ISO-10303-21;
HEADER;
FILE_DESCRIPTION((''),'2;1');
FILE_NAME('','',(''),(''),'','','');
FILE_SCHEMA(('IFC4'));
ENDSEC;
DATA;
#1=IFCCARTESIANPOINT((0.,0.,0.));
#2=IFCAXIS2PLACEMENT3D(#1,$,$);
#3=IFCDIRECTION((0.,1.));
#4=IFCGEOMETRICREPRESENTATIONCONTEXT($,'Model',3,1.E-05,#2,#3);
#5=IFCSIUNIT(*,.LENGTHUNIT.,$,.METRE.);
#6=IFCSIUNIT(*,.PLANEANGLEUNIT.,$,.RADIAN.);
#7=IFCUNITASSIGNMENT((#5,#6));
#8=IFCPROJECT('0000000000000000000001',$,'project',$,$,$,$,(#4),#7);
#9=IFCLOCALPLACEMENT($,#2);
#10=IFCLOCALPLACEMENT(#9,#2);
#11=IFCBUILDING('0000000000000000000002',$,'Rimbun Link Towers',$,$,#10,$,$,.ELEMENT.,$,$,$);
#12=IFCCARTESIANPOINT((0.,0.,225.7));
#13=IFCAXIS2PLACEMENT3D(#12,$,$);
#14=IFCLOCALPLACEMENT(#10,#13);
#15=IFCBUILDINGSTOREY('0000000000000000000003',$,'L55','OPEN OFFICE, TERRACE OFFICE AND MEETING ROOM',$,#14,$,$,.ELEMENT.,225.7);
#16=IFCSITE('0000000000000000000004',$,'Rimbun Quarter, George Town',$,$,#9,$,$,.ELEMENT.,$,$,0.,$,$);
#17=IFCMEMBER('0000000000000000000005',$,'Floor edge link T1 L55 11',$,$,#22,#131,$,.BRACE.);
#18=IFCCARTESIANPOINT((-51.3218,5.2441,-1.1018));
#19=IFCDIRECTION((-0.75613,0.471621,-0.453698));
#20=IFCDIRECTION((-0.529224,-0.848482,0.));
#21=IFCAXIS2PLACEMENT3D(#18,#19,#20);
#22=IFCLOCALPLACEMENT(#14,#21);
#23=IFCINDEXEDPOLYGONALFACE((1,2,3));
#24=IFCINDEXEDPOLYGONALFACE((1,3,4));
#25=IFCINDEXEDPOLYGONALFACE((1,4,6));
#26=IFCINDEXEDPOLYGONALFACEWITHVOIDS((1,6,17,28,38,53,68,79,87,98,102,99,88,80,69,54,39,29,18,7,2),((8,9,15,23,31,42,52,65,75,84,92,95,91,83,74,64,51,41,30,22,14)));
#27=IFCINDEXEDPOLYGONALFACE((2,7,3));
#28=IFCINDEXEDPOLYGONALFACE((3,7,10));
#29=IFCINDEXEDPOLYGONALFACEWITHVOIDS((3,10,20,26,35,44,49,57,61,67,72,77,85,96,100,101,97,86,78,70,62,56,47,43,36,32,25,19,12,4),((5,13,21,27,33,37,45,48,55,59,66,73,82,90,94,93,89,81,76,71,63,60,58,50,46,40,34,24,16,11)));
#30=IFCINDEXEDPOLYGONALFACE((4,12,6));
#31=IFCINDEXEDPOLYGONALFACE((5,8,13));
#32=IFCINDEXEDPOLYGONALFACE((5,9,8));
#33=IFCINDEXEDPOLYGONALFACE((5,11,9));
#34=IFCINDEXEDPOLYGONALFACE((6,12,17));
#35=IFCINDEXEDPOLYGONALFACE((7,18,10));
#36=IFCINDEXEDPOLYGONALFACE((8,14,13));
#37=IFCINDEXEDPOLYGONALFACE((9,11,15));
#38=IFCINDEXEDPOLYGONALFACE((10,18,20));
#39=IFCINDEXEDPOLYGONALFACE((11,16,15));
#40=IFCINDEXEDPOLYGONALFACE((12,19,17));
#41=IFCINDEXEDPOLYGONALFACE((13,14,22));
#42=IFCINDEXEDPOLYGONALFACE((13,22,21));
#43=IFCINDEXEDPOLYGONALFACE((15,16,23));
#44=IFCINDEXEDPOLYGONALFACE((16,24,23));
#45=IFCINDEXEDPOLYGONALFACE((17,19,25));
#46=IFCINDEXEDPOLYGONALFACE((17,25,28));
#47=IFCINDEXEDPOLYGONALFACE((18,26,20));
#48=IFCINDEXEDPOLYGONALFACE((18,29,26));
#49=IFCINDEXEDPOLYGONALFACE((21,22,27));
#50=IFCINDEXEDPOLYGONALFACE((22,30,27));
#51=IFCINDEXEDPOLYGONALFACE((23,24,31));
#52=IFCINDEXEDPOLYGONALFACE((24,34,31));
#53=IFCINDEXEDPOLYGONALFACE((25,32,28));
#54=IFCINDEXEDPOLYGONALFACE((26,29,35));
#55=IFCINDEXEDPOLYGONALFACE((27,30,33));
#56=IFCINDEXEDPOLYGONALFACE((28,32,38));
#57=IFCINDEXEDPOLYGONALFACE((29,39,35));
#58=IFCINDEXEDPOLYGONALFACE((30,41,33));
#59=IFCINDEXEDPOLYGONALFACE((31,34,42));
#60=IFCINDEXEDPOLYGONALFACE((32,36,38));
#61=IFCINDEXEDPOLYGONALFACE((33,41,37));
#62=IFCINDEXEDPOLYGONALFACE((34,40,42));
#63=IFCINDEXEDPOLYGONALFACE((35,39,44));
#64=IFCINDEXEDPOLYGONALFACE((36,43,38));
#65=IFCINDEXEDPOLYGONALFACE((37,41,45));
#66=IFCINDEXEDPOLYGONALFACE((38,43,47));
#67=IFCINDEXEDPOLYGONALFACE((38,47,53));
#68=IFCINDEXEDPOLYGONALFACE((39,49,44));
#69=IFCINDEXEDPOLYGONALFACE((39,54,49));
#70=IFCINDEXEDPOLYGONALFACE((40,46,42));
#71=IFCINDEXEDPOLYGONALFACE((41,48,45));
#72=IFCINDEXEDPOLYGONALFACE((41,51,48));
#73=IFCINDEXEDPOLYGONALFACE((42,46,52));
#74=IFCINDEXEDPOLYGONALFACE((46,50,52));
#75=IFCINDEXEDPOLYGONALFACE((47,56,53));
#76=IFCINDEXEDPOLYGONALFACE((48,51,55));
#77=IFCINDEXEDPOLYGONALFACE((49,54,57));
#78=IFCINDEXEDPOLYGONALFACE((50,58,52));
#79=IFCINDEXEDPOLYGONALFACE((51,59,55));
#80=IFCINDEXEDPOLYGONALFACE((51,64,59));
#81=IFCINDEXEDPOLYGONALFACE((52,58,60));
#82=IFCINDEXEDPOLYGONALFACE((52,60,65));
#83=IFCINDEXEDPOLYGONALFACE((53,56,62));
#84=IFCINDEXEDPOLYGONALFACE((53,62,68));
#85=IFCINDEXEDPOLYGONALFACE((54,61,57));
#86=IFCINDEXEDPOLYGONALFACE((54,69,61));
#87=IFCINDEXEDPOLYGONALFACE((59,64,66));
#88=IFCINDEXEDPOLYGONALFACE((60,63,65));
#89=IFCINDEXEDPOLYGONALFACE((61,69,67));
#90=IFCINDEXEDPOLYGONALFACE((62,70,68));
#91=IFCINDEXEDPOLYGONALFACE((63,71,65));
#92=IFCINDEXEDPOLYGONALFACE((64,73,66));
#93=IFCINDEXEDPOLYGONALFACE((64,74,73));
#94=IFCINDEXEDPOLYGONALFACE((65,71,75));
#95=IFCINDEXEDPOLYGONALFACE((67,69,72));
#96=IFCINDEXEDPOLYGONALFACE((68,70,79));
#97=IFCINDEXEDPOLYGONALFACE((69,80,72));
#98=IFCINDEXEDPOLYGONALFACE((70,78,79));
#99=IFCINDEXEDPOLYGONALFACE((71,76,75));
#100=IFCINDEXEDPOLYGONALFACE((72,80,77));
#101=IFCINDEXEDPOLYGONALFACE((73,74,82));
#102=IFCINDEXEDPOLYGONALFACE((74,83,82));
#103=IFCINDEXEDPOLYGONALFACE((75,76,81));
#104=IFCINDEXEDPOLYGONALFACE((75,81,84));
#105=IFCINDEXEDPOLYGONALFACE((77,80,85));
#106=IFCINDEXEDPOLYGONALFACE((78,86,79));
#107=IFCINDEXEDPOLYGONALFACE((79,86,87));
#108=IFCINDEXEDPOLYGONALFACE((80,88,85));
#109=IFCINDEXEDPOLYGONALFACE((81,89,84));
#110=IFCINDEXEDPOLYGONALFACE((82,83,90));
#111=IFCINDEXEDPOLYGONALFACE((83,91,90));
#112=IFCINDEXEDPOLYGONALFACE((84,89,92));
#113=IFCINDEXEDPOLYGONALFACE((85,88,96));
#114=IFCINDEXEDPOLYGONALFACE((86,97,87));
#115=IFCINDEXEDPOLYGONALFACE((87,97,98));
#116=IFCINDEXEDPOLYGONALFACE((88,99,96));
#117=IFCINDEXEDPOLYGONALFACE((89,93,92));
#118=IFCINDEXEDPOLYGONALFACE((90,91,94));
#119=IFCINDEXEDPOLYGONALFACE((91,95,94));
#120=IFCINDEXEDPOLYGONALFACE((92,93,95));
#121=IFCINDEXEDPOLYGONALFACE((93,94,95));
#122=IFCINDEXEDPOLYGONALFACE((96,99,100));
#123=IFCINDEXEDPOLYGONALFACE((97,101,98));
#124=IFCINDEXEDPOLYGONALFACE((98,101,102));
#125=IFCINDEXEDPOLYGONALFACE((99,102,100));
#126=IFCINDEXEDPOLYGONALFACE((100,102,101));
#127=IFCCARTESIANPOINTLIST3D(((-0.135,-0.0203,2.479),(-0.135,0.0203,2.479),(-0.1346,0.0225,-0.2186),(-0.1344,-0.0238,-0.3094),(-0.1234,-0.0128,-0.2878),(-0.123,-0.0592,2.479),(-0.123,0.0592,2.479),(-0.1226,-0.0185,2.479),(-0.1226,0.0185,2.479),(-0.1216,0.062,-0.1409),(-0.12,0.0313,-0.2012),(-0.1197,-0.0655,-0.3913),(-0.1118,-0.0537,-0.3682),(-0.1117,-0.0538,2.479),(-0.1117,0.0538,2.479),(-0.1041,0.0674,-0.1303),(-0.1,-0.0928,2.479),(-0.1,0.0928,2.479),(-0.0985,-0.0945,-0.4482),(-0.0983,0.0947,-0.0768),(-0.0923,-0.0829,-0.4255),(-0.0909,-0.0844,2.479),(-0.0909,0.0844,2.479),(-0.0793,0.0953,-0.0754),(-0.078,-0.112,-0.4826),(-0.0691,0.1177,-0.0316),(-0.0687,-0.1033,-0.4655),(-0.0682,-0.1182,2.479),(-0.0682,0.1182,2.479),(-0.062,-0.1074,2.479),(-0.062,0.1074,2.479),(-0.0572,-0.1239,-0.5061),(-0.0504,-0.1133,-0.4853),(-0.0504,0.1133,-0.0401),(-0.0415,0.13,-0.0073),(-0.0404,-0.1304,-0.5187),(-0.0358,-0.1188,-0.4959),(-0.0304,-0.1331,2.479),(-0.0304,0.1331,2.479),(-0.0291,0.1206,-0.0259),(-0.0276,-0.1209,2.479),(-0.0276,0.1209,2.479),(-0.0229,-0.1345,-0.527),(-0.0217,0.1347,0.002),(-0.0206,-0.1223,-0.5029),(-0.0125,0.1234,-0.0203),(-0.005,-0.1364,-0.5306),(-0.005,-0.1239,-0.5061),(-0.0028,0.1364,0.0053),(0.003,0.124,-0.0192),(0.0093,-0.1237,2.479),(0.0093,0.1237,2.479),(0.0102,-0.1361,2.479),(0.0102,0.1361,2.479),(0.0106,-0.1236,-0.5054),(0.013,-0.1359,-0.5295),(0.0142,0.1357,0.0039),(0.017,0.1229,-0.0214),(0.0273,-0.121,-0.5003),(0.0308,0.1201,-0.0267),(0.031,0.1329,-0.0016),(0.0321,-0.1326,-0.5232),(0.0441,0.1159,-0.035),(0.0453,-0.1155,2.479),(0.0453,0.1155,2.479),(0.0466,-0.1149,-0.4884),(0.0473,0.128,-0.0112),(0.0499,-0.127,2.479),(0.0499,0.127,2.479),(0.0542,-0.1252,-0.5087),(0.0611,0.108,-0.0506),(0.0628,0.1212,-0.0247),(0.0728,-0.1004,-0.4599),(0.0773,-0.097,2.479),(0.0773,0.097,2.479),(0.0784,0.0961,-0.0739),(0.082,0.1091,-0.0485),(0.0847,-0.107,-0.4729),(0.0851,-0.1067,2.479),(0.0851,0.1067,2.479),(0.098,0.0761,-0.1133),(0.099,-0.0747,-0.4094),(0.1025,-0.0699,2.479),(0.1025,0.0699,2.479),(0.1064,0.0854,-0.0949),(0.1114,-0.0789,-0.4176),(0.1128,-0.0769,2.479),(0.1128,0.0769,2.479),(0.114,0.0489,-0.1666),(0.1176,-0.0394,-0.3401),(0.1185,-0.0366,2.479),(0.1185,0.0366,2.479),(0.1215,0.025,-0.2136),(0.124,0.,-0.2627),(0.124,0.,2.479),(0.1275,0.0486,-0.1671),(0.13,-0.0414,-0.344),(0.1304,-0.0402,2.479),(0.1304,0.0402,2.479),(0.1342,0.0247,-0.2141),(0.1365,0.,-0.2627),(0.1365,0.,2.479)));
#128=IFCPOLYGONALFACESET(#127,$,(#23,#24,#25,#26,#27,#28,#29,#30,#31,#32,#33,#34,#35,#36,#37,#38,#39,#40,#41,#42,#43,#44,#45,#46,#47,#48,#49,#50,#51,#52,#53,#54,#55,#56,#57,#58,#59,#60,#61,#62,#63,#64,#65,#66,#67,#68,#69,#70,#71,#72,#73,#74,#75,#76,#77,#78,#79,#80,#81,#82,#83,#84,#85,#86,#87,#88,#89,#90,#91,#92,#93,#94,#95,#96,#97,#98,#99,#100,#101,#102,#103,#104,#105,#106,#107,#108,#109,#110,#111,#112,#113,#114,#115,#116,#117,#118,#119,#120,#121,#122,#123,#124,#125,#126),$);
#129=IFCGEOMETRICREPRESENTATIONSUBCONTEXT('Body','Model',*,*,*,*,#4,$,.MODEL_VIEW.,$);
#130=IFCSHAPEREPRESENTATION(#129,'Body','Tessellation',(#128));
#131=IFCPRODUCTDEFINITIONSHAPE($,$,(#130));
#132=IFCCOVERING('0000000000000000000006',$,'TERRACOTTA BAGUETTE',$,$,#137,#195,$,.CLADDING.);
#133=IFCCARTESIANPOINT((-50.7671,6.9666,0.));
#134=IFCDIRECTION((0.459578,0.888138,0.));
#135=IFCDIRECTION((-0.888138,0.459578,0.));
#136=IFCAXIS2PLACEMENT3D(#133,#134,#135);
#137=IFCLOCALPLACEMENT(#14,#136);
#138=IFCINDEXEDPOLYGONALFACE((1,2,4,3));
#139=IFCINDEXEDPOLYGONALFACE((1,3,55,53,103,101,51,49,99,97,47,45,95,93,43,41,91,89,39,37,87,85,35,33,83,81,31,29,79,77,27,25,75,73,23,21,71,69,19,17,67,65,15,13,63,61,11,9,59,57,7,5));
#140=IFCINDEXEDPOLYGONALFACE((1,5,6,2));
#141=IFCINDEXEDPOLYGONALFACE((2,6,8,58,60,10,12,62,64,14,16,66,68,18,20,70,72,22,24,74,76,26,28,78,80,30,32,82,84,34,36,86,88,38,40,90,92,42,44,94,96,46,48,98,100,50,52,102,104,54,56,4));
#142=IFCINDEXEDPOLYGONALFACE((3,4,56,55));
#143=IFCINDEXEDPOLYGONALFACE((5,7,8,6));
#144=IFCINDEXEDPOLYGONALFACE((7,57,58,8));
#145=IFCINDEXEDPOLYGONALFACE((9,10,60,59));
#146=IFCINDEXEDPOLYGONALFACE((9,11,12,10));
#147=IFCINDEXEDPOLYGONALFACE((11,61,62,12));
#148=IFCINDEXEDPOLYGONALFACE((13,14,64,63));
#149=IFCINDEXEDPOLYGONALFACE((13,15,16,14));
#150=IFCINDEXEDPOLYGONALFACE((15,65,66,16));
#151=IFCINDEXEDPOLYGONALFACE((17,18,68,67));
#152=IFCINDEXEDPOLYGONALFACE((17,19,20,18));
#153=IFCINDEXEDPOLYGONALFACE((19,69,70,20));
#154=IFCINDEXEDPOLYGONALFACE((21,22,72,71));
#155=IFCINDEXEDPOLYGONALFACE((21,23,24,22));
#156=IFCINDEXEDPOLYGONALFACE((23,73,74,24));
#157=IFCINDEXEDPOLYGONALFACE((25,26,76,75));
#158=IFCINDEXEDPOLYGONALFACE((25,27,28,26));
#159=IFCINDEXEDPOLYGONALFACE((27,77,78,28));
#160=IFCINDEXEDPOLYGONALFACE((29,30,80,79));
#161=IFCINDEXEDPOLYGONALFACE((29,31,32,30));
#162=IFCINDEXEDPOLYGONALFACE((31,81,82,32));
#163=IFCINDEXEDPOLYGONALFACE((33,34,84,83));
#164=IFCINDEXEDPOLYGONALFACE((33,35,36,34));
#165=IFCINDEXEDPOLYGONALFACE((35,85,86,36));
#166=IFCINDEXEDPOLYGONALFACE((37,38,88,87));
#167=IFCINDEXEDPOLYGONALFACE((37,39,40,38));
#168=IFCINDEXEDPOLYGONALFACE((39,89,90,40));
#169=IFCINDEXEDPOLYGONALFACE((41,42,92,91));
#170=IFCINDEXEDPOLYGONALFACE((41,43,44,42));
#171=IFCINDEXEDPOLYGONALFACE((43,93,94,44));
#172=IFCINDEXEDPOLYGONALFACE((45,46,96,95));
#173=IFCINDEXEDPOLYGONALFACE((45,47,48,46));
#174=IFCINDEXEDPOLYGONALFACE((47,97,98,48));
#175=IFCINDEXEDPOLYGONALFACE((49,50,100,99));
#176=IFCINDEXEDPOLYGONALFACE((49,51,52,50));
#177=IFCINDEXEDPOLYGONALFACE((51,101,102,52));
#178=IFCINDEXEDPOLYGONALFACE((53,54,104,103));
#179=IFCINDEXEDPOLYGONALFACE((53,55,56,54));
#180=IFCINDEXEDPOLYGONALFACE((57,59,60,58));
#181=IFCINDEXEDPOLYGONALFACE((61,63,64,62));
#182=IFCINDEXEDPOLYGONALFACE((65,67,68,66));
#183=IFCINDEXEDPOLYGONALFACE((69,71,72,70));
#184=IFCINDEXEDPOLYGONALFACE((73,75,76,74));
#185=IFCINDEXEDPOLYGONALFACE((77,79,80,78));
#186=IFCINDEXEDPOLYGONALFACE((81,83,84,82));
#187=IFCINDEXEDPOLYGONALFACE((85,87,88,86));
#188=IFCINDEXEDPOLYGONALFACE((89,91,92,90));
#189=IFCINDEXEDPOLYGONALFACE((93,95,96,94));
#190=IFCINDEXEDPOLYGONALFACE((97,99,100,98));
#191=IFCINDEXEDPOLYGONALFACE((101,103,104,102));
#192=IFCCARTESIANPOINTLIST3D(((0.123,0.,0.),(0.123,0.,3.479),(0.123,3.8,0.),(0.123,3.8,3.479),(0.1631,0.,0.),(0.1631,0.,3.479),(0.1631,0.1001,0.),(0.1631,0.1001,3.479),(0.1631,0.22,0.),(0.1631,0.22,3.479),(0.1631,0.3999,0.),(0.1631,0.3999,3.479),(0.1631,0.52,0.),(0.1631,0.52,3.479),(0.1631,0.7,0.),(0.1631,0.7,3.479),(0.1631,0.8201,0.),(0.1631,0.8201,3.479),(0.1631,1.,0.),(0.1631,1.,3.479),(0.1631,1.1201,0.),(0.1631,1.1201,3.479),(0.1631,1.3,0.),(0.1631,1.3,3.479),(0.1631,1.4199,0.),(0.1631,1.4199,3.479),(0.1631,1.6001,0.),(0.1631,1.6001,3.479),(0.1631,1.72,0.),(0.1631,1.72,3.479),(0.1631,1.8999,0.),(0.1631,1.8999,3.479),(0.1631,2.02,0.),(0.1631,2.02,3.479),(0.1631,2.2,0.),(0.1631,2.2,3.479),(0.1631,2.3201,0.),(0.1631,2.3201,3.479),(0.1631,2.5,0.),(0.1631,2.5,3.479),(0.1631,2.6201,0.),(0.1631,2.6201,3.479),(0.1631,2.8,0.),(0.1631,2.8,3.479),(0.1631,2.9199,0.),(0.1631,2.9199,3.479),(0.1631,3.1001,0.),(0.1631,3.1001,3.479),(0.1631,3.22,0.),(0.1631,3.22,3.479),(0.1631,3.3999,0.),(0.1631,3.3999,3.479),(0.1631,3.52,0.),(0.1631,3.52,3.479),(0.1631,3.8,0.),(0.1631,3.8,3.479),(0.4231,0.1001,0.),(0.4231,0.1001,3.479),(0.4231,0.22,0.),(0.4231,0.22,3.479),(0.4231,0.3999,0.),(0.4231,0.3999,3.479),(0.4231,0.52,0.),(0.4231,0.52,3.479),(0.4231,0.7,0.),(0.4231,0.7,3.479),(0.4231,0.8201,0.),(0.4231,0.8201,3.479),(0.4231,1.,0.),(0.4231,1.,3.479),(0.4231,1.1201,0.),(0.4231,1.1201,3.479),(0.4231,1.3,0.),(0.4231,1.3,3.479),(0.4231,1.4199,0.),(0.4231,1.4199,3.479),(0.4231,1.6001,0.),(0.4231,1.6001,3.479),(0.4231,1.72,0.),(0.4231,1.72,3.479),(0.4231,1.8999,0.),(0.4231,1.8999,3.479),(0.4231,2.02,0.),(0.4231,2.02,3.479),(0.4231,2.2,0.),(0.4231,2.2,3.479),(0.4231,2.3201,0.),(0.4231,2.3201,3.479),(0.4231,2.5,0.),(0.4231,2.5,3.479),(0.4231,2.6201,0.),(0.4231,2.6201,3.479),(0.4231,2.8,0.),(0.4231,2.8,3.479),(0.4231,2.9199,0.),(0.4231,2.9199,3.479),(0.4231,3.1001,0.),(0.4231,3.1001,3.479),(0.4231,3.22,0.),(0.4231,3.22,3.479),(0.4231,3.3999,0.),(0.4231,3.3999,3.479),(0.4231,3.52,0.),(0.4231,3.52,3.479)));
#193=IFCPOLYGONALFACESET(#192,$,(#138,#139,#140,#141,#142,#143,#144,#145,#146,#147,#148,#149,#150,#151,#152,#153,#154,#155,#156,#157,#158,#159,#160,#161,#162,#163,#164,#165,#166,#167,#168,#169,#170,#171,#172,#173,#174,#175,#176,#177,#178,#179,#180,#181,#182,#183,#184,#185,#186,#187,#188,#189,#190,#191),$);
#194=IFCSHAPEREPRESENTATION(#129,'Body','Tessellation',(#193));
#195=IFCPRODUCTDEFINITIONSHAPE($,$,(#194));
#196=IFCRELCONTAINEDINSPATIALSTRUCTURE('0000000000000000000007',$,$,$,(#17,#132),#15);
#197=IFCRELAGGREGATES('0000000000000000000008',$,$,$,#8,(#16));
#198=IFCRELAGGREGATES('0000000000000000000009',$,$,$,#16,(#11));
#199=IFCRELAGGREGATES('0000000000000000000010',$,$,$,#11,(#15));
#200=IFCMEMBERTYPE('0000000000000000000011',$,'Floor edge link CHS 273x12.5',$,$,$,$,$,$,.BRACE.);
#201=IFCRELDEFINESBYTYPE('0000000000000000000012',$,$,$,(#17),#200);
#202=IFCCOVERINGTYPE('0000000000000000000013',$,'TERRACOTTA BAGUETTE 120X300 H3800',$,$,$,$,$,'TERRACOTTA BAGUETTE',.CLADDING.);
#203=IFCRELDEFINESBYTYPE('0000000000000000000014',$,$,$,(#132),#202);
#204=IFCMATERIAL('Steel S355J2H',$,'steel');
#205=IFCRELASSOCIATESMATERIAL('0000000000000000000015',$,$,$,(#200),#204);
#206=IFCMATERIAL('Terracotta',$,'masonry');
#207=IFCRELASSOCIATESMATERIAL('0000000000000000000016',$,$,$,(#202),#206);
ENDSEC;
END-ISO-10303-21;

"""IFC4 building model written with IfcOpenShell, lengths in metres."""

from ifc_helpers import new_model, si_unit, direction, frame, origin, origin_2d, place, context, subcontext, project, spatial, polyline, hollow_circle, outline, extrude, clip, halfspace, material, material_profile, profile_set, type_object, element, save


model = new_model("IFC4")

# Units and contexts
model_context = context("Model", 3, precision=1e-05, world=origin(), true_north=direction((0.0, 1.0)))
body_context = subcontext(model_context, "Body", "Model", "MODEL_VIEW")
ifc_project = project(units=[si_unit("LENGTHUNIT", "METRE"), si_unit("PLANEANGLEUNIT", "RADIAN")], contexts=[model_context])

# Site, building, storey
site_placement = place(None, origin())
site = spatial("IfcSite", under=ifc_project, at=site_placement, Name="Rimbun Quarter, George Town", CompositionType="ELEMENT", RefElevation=0.0)
building_placement = place(site_placement, origin())
building = spatial("IfcBuilding", under=site, at=building_placement, Name="Rimbun Link Towers", CompositionType="ELEMENT")
storey_placement = place(building_placement, frame((0.0, 0.0, 225.7)))
storey = spatial("IfcBuildingStorey", under=building, at=storey_placement, Name="L55", Description="OPEN OFFICE, TERRACE OFFICE AND MEETING ROOM", CompositionType="ELEMENT", Elevation=225.7)

# Member
ifc_material_1 = material(Name="Steel S355J2H", Category="steel")
ifc_material_profile_1 = material_profile(ifc_material_1, hollow_circle(Radius=0.1365, WallThickness=0.0125, at=origin_2d()), Name="CHS 273x12.5")
ifc_profile_set_1 = profile_set([ifc_material_profile_1], Name="Steel S355J2H")
member_type_1 = type_object("IfcMemberType", Name="Floor edge link CHS 273x12.5", PredefinedType="BRACE", material=ifc_profile_set_1)
member_1_placement = place(storey_placement, frame((-51.3218, 5.2441, -1.1018), z_axis=(-0.75613, 0.471621, -0.453698), x_axis=(-0.529224, -0.848482, 0.0)))
element("IfcMember", 1, at=member_1_placement, inside=storey, type_object=member_type_1, Name="Floor edge link T1 L55 11", PredefinedType="BRACE", context=body_context, shape_type="Clipping", body=[
    clip(extrude(hollow_circle(Radius=0.1365, WallThickness=0.0125, at=origin_2d()), frame((0.0, 0.0, -0.5583)), (0.0, 0.0, 1.0), 3.0374), halfspace(frame((0.0, 0.0, -0.2627), z_axis=(0.0, 0.891156, -0.453698)), False)),
])

# Covering
ifc_material_2 = material(Name="Terracotta", Category="masonry")
ifc_material_profile_2 = material_profile(ifc_material_2, outline(polyline([(0.123, 0.0), (0.1631, 0.0), (0.1631, 0.1001), (0.4231, 0.1001), (0.4231, 0.22), (0.1631, 0.22), (0.1631, 0.3999), (0.4231, 0.3999), (0.4231, 0.52), (0.1631, 0.52), (0.1631, 0.7), (0.4231, 0.7), (0.4231, 0.8201), (0.1631, 0.8201), (0.1631, 1.0), (0.4231, 1.0), (0.4231, 1.1201), (0.1631, 1.1201), (0.1631, 1.3), (0.4231, 1.3), (0.4231, 1.4199), (0.1631, 1.4199), (0.1631, 1.6001), (0.4231, 1.6001), (0.4231, 1.72), (0.1631, 1.72), (0.1631, 1.8999), (0.4231, 1.8999), (0.4231, 2.02), (0.1631, 2.02), (0.1631, 2.2), (0.4231, 2.2), (0.4231, 2.3201), (0.1631, 2.3201), (0.1631, 2.5), (0.4231, 2.5), (0.4231, 2.6201), (0.1631, 2.6201), (0.1631, 2.8), (0.4231, 2.8), (0.4231, 2.9199), (0.1631, 2.9199), (0.1631, 3.1001), (0.4231, 3.1001), (0.4231, 3.22), (0.1631, 3.22), (0.1631, 3.3999), (0.4231, 3.3999), (0.4231, 3.52), (0.1631, 3.52), (0.1631, 3.8), (0.123, 3.8), (0.123, 0.0)])), Name="BAGUETTE 120X300")
ifc_profile_set_2 = profile_set([ifc_material_profile_2], Name="Terracotta")
covering_type = type_object("IfcCoveringType", Name="TERRACOTTA BAGUETTE 120X300 H3800", ElementType="TERRACOTTA BAGUETTE", PredefinedType="CLADDING", material=ifc_profile_set_2)
covering_placement = place(storey_placement, frame((-50.7671, 6.9666, 0.0), z_axis=(0.459578, 0.888138, 0.0), x_axis=(-0.888138, 0.459578, 0.0)))
element("IfcCovering", 2, at=covering_placement, inside=storey, type_object=covering_type, Name="TERRACOTTA BAGUETTE", PredefinedType="CLADDING", context=body_context, shape_type="SweptSolid", body=[
    extrude(outline(polyline([(0.123, 0.0), (0.1631, 0.0), (0.1631, 0.1001), (0.4231, 0.1001), (0.4231, 0.22), (0.1631, 0.22), (0.1631, 0.3999), (0.4231, 0.3999), (0.4231, 0.52), (0.1631, 0.52), (0.1631, 0.7), (0.4231, 0.7), (0.4231, 0.8201), (0.1631, 0.8201), (0.1631, 1.0), (0.4231, 1.0), (0.4231, 1.1201), (0.1631, 1.1201), (0.1631, 1.3), (0.4231, 1.3), (0.4231, 1.4199), (0.1631, 1.4199), (0.1631, 1.6001), (0.4231, 1.6001), (0.4231, 1.72), (0.1631, 1.72), (0.1631, 1.8999), (0.4231, 1.8999), (0.4231, 2.02), (0.1631, 2.02), (0.1631, 2.2), (0.4231, 2.2), (0.4231, 2.3201), (0.1631, 2.3201), (0.1631, 2.5), (0.4231, 2.5), (0.4231, 2.6201), (0.1631, 2.6201), (0.1631, 2.8), (0.4231, 2.8), (0.4231, 2.9199), (0.1631, 2.9199), (0.1631, 3.1001), (0.4231, 3.1001), (0.4231, 3.22), (0.1631, 3.22), (0.1631, 3.3999), (0.4231, 3.3999), (0.4231, 3.52), (0.1631, 3.52), (0.1631, 3.8), (0.123, 3.8), (0.123, 0.0)])), origin(), (0.0, 0.0, 1.0), 3.479),
])

save(model, "model.ifc")
